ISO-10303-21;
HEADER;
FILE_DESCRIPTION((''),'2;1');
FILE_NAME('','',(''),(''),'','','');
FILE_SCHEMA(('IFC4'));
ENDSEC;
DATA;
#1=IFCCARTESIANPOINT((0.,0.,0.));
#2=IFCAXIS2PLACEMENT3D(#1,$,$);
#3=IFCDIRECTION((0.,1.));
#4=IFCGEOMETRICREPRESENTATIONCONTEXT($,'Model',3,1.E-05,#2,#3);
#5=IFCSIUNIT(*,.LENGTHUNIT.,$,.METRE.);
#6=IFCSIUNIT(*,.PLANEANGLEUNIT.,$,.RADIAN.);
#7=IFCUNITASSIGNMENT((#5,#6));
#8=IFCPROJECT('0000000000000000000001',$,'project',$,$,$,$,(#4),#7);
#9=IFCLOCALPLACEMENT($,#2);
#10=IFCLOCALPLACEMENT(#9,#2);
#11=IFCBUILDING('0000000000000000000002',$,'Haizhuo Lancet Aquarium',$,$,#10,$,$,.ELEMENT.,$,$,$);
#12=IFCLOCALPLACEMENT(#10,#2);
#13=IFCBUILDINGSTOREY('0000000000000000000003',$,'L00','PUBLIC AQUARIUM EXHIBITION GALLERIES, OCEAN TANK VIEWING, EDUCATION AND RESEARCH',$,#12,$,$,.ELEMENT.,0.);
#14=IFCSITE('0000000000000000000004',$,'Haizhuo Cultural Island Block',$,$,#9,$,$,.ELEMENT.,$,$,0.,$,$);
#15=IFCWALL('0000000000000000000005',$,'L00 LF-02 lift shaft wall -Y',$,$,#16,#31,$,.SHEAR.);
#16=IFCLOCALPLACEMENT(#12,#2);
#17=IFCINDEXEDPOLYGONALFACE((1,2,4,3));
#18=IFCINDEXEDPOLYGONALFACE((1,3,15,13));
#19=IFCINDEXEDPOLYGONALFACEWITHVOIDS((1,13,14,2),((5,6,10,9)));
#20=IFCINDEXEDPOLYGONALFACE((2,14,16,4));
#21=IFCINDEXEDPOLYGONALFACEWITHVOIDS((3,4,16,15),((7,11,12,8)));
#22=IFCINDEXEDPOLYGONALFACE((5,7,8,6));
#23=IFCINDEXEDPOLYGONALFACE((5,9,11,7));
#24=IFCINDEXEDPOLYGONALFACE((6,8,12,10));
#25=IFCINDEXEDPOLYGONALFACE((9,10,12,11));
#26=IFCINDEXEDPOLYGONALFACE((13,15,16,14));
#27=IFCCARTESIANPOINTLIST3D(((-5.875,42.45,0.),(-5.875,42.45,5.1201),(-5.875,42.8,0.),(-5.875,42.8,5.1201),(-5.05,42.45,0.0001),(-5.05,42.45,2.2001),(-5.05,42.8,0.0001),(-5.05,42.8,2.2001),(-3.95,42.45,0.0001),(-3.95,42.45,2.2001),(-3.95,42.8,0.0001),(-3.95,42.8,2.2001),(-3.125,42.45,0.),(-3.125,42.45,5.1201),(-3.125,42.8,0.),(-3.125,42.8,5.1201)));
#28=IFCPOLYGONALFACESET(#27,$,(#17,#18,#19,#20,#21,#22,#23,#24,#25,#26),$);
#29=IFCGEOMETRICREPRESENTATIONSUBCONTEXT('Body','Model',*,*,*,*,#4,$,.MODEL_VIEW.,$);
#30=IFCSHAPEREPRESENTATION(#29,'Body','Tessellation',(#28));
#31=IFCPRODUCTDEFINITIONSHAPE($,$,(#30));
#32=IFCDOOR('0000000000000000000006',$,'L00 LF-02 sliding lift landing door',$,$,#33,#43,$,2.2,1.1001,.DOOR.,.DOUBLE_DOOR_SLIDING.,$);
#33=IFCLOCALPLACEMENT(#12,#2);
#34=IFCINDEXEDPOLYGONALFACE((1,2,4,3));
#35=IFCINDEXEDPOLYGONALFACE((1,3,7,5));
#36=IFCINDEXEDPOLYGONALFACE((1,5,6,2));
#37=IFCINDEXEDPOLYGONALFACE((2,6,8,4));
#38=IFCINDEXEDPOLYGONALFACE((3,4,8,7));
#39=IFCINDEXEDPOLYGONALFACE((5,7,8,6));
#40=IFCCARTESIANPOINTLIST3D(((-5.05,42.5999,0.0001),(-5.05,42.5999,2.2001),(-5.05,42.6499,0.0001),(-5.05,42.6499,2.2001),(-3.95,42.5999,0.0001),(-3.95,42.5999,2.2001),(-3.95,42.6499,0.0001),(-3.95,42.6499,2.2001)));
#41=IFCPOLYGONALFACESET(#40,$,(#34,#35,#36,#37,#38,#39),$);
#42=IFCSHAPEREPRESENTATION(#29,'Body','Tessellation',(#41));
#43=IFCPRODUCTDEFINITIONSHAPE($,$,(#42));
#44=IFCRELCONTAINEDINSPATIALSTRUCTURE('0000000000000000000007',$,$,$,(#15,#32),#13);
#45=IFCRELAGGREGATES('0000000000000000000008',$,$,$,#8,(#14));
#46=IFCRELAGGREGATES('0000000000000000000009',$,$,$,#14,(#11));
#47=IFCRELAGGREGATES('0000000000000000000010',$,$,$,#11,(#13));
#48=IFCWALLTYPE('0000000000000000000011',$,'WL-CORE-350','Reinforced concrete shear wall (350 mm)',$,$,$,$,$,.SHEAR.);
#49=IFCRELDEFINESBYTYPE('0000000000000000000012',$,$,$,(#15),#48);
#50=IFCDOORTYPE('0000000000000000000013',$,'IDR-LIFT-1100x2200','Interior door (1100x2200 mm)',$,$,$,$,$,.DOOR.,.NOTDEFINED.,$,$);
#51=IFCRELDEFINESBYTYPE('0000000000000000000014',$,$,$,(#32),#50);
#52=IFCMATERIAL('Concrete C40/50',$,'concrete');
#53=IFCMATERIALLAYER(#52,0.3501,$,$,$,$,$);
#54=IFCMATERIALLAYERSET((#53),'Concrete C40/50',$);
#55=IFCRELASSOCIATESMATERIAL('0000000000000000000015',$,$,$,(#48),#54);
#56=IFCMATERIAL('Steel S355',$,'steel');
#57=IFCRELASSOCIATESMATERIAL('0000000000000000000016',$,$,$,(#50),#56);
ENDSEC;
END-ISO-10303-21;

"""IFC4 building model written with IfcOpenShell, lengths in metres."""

from ifc_helpers import new_model, si_unit, direction, frame, frame_2d, origin, place, context, subcontext, project, spatial, rectangle, extrude, material, layer, layer_set, type_object, element, fill, save


model = new_model("IFC4")

# Units and contexts
model_context = context("Model", 3, precision=1e-05, world=origin(), true_north=direction((0.0, 1.0)))
body_context = subcontext(model_context, "Body", "Model", "MODEL_VIEW")
ifc_project = project(units=[si_unit("LENGTHUNIT", "METRE"), si_unit("PLANEANGLEUNIT", "RADIAN")], contexts=[model_context])

# Site, building, storey
site_placement = place(None, origin())
site = spatial("IfcSite", under=ifc_project, at=site_placement, Name="Haizhuo Cultural Island Block", CompositionType="ELEMENT", RefElevation=0.0)
building_placement = place(site_placement, origin())
building = spatial("IfcBuilding", under=site, at=building_placement, Name="Haizhuo Lancet Aquarium", CompositionType="ELEMENT")
storey_placement = place(building_placement, origin())
storey = spatial("IfcBuildingStorey", under=building, at=storey_placement, Name="L00", Description="PUBLIC AQUARIUM EXHIBITION GALLERIES, OCEAN TANK VIEWING, EDUCATION AND RESEARCH", CompositionType="ELEMENT", Elevation=0.0)

# Shared definitions
ifc_material_1 = material(Name="Concrete C40/50", Category="concrete")
ifc_material_2 = material(Name="Steel S355", Category="steel")

# Wall, opening, door
ifc_layer_1 = layer(ifc_material_1, 0.3501)
ifc_layer_set_1 = layer_set([ifc_layer_1], Name="Concrete C40/50")
wall_type_1 = type_object("IfcWallType", Name="WL-CORE-350", Description="Reinforced concrete shear wall (350 mm)", PredefinedType="SHEAR", material=ifc_layer_set_1)
wall_1_placement = place(storey_placement, frame((-5.875, 42.625, 0.0), z_axis=(0.0, 0.0, 1.0), x_axis=(1.0, 0.0, 0.0)))
wall_1 = element("IfcWall", 1, at=wall_1_placement, inside=storey, type_object=wall_type_1, Name="L00 LF-02 lift shaft wall -Y", PredefinedType="SHEAR", context=body_context, shape_type="SweptSolid", body=[
    extrude(rectangle(XDim=2.75, YDim=0.3501, at=frame_2d((1.375, 0.0))), origin(), (0.0, 0.0, 1.0), 5.1201),
])
opening_1_placement = place(wall_1_placement, frame((0.825, 0.0, 0.0)))
opening_1 = element("IfcOpeningElement", 2, at=opening_1_placement, cuts=wall_1, PredefinedType="OPENING", context=body_context, shape_type="SweptSolid", body=[
    extrude(rectangle(XDim=1.1001, YDim=2.2, at=frame_2d((0.55, 1.1001))), frame((0.0, 0.1851, 0.0), z_axis=(0.0, -1.0, 0.0), x_axis=(1.0, 0.0, 0.0)), (0.0, 0.0, 1.0), 0.3701),
])
door_type_1 = type_object("IfcDoorType", Name="IDR-LIFT-1100x2200", Description="Interior door (1100x2200 mm)", OperationType="NOTDEFINED", PredefinedType="DOOR", material=ifc_material_2)
door_1_placement = place(opening_1_placement, origin())
door_1 = element("IfcDoor", 3, at=door_1_placement, inside=storey, type_object=door_type_1, Name="L00 LF-02 sliding lift landing door", OperationType="DOUBLE_DOOR_SLIDING", OverallHeight=2.2, OverallWidth=1.1001, PredefinedType="DOOR", context=body_context, shape_type="SweptSolid", body=[
    extrude(rectangle(XDim=1.1001, YDim=2.2, at=frame_2d((0.55, 1.1001))), frame((0.0, 0.0249, 0.0), z_axis=(0.0, -1.0, 0.0), x_axis=(1.0, 0.0, 0.0)), (0.0, 0.0, 1.0), 0.05),
])
fill(opening_1, door_1)

save(model, "model.ifc")
